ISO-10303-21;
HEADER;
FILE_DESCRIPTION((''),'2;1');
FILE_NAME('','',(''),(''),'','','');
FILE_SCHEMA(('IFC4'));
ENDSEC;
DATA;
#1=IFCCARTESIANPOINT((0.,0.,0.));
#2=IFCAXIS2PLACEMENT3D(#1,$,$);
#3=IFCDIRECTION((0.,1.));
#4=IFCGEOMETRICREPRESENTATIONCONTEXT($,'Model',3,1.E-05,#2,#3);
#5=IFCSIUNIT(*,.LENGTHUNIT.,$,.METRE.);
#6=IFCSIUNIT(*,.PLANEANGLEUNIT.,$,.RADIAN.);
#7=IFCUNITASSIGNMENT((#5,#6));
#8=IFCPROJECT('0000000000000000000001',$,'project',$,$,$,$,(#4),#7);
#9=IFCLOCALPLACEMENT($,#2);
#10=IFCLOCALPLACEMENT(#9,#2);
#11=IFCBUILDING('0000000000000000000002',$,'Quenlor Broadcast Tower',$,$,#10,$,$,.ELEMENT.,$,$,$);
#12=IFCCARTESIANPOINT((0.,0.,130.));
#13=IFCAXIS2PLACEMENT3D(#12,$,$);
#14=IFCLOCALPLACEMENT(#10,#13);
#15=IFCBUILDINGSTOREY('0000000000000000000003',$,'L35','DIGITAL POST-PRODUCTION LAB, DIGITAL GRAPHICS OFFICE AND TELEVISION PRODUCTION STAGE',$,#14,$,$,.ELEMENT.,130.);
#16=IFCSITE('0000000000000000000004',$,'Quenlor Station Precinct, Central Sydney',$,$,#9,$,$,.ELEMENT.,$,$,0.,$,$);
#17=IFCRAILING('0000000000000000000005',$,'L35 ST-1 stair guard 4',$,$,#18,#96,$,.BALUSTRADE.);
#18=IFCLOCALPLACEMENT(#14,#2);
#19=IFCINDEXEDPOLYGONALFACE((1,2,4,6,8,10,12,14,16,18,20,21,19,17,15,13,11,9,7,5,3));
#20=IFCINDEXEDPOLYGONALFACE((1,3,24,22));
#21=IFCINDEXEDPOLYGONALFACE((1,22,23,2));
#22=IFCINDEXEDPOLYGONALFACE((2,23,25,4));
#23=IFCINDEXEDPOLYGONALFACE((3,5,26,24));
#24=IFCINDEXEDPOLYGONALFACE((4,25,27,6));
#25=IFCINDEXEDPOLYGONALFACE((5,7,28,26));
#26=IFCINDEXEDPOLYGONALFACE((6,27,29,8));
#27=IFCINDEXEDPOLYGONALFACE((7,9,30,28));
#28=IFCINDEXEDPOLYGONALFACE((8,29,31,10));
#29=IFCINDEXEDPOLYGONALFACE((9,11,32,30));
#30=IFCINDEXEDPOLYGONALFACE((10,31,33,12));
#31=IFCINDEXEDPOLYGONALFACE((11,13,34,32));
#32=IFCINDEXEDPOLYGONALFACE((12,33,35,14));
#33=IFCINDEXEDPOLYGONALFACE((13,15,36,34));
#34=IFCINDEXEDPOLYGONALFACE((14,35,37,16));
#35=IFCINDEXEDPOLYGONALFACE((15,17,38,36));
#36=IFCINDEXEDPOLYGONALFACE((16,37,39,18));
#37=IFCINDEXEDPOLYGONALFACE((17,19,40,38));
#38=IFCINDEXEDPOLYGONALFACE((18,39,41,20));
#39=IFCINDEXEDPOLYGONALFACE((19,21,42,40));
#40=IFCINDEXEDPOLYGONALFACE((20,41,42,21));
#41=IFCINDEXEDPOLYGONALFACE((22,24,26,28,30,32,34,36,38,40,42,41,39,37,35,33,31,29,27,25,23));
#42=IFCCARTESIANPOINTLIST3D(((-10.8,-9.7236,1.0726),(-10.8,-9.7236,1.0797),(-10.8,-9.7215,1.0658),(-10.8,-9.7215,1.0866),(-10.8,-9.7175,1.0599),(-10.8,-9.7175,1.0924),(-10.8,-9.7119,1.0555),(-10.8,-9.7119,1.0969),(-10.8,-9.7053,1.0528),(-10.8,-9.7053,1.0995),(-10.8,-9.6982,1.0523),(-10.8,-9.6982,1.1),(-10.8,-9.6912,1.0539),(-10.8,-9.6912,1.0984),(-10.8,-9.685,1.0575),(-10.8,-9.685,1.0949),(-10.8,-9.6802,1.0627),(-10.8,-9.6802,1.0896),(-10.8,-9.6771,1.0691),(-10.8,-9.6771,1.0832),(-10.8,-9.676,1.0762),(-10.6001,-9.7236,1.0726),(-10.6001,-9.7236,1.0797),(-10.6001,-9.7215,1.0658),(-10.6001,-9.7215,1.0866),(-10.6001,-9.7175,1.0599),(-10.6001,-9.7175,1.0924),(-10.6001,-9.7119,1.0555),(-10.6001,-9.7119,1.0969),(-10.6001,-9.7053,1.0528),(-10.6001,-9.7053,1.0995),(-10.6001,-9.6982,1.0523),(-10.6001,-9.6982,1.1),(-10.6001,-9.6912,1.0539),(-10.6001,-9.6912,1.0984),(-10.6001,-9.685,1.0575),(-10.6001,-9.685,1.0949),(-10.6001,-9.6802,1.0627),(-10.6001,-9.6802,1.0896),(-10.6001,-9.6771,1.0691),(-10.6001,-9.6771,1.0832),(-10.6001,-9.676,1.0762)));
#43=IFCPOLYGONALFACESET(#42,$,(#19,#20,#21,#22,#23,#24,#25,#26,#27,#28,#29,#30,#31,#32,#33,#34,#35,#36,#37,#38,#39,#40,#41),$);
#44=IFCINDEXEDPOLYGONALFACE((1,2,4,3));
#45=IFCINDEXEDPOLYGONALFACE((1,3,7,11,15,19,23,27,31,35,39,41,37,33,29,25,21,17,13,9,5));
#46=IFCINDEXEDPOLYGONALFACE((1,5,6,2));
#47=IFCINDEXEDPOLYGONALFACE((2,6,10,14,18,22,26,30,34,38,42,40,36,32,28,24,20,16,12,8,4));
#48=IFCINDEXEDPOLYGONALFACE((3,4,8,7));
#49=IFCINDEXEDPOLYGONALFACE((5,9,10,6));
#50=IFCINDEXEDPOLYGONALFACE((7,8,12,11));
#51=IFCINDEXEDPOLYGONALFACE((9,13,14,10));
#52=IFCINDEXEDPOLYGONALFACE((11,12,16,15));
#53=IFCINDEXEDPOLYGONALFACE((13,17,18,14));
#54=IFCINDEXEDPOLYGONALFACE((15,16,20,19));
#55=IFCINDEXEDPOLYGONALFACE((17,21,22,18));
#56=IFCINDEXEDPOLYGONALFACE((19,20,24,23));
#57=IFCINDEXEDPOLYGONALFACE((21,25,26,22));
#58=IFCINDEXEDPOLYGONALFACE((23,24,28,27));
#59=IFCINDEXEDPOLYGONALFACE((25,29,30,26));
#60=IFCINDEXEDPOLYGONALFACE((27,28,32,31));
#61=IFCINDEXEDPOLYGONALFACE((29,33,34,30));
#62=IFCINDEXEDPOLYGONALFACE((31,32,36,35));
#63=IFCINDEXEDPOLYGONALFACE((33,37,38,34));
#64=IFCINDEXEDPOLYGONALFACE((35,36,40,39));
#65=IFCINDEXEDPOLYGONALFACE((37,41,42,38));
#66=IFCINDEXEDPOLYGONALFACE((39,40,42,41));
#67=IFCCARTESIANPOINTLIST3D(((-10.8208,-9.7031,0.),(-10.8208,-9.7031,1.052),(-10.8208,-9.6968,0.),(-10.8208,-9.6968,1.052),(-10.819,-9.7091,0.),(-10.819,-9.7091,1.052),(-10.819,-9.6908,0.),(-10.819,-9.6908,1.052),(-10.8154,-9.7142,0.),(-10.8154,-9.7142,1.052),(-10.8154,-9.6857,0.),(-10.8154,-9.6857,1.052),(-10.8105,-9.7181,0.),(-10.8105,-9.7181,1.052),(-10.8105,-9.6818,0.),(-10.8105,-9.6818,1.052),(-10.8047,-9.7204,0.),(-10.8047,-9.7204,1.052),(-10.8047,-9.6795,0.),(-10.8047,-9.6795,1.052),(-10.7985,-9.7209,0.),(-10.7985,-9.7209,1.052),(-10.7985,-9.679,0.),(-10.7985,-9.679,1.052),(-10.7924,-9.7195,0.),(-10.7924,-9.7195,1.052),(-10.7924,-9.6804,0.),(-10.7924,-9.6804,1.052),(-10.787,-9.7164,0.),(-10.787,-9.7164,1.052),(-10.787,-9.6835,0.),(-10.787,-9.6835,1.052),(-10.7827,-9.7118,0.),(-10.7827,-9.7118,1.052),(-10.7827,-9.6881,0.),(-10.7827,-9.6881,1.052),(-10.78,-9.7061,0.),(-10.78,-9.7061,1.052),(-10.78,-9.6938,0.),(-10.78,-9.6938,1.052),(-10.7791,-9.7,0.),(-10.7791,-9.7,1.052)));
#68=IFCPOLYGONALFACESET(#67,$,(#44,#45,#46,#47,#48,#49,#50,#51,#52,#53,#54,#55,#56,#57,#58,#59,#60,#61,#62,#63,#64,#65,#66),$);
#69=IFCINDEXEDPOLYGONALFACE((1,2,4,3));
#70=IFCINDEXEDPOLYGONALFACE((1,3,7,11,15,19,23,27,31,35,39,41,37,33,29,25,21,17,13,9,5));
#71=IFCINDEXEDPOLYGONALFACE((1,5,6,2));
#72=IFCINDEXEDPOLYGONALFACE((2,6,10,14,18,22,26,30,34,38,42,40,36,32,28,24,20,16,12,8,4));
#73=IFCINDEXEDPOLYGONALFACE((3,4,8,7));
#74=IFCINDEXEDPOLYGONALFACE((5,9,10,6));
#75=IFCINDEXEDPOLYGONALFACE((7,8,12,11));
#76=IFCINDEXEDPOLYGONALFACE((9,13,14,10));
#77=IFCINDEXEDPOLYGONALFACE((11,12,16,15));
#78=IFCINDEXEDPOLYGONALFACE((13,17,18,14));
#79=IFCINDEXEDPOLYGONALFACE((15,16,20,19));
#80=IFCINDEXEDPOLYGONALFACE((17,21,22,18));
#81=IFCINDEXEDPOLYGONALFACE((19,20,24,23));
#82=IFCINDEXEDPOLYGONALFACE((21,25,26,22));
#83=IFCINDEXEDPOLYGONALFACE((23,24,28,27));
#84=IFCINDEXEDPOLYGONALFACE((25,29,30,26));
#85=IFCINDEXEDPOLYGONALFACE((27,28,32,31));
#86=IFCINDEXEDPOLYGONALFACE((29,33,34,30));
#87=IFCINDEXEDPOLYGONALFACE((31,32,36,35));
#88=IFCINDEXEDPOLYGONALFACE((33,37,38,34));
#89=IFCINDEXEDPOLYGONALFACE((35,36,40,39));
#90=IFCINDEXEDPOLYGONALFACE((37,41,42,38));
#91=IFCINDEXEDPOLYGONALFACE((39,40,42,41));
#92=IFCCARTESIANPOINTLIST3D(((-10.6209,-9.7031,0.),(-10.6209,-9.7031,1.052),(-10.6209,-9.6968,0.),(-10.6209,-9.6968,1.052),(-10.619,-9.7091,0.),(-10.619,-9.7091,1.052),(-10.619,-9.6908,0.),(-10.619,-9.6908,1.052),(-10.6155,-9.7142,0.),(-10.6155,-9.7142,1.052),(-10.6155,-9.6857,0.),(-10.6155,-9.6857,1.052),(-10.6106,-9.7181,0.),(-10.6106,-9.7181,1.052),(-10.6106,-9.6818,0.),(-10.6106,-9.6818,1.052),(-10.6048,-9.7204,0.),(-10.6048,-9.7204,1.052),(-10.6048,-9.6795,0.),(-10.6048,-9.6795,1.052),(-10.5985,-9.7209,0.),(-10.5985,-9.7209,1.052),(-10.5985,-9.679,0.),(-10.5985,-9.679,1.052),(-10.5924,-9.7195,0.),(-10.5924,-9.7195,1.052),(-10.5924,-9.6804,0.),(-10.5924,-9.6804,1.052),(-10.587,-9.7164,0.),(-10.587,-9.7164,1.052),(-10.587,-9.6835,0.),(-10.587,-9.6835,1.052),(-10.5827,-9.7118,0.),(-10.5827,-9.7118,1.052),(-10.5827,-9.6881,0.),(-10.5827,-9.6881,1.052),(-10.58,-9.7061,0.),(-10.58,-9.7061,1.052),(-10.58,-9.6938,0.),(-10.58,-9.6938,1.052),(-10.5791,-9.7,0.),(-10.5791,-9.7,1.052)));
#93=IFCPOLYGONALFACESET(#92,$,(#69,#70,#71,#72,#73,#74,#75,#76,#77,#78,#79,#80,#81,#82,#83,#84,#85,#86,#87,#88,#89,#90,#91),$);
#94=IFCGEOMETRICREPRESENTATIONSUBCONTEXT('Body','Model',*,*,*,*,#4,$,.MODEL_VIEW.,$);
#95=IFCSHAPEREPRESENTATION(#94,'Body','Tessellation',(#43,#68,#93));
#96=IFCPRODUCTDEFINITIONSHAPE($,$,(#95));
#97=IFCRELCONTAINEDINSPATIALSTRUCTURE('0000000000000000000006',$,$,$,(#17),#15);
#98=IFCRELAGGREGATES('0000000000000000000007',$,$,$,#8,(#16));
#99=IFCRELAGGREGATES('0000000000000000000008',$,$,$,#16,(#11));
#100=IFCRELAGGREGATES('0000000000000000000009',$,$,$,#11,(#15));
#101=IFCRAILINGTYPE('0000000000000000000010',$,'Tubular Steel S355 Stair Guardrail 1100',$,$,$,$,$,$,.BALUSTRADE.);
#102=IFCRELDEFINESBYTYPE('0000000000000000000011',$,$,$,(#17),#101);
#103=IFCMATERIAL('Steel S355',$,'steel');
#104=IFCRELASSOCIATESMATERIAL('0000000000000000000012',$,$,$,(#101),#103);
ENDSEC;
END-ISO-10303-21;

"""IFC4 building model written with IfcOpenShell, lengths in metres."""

from ifc_helpers import new_model, si_unit, direction, frame, origin, origin_2d, place, context, subcontext, project, spatial, circle, extrude, material, type_object, element, save


model = new_model("IFC4")

# Units and contexts
model_context = context("Model", 3, precision=1e-05, world=origin(), true_north=direction((0.0, 1.0)))
body_context = subcontext(model_context, "Body", "Model", "MODEL_VIEW")
ifc_project = project(units=[si_unit("LENGTHUNIT", "METRE"), si_unit("PLANEANGLEUNIT", "RADIAN")], contexts=[model_context])

# Site, building, storey
site_placement = place(None, origin())
site = spatial("IfcSite", under=ifc_project, at=site_placement, Name="Quenlor Station Precinct, Central Sydney", CompositionType="ELEMENT", RefElevation=0.0)
building_placement = place(site_placement, origin())
building = spatial("IfcBuilding", under=site, at=building_placement, Name="Quenlor Broadcast Tower", CompositionType="ELEMENT")
storey_placement = place(building_placement, frame((0.0, 0.0, 130.0)))
storey = spatial("IfcBuildingStorey", under=building, at=storey_placement, Name="L35", Description="DIGITAL POST-PRODUCTION LAB, DIGITAL GRAPHICS OFFICE AND TELEVISION PRODUCTION STAGE", CompositionType="ELEMENT", Elevation=130.0)

# Railing
ifc_material_1 = material(Name="Steel S355", Category="steel")
railing_type_1 = type_object("IfcRailingType", Name="Tubular Steel S355 Stair Guardrail 1100", PredefinedType="BALUSTRADE", material=ifc_material_1)
railing_1_placement = place(storey_placement, frame((-10.8, -9.7, 0.0)))
element("IfcRailing", 1, at=railing_1_placement, inside=storey, type_object=railing_type_1, Name="L35 ST-1 stair guard 4", PredefinedType="BALUSTRADE", context=body_context, shape_type="SweptSolid", body=[
    extrude(circle(Radius=0.0239, at=origin_2d()), frame((0.0, 0.0, 1.0762), z_axis=(1.0, 0.0, 0.0), x_axis=(0.0, 1.0, 0.0)), (0.0, 0.0, 1.0), 0.2),
    extrude(circle(Radius=0.021, at=origin_2d()), origin(), (0.0, 0.0, 1.0), 1.052),
    extrude(circle(Radius=0.021, at=origin_2d()), frame((0.2, 0.0, 0.0)), (0.0, 0.0, 1.0), 1.052),
])

save(model, "model.ifc")
